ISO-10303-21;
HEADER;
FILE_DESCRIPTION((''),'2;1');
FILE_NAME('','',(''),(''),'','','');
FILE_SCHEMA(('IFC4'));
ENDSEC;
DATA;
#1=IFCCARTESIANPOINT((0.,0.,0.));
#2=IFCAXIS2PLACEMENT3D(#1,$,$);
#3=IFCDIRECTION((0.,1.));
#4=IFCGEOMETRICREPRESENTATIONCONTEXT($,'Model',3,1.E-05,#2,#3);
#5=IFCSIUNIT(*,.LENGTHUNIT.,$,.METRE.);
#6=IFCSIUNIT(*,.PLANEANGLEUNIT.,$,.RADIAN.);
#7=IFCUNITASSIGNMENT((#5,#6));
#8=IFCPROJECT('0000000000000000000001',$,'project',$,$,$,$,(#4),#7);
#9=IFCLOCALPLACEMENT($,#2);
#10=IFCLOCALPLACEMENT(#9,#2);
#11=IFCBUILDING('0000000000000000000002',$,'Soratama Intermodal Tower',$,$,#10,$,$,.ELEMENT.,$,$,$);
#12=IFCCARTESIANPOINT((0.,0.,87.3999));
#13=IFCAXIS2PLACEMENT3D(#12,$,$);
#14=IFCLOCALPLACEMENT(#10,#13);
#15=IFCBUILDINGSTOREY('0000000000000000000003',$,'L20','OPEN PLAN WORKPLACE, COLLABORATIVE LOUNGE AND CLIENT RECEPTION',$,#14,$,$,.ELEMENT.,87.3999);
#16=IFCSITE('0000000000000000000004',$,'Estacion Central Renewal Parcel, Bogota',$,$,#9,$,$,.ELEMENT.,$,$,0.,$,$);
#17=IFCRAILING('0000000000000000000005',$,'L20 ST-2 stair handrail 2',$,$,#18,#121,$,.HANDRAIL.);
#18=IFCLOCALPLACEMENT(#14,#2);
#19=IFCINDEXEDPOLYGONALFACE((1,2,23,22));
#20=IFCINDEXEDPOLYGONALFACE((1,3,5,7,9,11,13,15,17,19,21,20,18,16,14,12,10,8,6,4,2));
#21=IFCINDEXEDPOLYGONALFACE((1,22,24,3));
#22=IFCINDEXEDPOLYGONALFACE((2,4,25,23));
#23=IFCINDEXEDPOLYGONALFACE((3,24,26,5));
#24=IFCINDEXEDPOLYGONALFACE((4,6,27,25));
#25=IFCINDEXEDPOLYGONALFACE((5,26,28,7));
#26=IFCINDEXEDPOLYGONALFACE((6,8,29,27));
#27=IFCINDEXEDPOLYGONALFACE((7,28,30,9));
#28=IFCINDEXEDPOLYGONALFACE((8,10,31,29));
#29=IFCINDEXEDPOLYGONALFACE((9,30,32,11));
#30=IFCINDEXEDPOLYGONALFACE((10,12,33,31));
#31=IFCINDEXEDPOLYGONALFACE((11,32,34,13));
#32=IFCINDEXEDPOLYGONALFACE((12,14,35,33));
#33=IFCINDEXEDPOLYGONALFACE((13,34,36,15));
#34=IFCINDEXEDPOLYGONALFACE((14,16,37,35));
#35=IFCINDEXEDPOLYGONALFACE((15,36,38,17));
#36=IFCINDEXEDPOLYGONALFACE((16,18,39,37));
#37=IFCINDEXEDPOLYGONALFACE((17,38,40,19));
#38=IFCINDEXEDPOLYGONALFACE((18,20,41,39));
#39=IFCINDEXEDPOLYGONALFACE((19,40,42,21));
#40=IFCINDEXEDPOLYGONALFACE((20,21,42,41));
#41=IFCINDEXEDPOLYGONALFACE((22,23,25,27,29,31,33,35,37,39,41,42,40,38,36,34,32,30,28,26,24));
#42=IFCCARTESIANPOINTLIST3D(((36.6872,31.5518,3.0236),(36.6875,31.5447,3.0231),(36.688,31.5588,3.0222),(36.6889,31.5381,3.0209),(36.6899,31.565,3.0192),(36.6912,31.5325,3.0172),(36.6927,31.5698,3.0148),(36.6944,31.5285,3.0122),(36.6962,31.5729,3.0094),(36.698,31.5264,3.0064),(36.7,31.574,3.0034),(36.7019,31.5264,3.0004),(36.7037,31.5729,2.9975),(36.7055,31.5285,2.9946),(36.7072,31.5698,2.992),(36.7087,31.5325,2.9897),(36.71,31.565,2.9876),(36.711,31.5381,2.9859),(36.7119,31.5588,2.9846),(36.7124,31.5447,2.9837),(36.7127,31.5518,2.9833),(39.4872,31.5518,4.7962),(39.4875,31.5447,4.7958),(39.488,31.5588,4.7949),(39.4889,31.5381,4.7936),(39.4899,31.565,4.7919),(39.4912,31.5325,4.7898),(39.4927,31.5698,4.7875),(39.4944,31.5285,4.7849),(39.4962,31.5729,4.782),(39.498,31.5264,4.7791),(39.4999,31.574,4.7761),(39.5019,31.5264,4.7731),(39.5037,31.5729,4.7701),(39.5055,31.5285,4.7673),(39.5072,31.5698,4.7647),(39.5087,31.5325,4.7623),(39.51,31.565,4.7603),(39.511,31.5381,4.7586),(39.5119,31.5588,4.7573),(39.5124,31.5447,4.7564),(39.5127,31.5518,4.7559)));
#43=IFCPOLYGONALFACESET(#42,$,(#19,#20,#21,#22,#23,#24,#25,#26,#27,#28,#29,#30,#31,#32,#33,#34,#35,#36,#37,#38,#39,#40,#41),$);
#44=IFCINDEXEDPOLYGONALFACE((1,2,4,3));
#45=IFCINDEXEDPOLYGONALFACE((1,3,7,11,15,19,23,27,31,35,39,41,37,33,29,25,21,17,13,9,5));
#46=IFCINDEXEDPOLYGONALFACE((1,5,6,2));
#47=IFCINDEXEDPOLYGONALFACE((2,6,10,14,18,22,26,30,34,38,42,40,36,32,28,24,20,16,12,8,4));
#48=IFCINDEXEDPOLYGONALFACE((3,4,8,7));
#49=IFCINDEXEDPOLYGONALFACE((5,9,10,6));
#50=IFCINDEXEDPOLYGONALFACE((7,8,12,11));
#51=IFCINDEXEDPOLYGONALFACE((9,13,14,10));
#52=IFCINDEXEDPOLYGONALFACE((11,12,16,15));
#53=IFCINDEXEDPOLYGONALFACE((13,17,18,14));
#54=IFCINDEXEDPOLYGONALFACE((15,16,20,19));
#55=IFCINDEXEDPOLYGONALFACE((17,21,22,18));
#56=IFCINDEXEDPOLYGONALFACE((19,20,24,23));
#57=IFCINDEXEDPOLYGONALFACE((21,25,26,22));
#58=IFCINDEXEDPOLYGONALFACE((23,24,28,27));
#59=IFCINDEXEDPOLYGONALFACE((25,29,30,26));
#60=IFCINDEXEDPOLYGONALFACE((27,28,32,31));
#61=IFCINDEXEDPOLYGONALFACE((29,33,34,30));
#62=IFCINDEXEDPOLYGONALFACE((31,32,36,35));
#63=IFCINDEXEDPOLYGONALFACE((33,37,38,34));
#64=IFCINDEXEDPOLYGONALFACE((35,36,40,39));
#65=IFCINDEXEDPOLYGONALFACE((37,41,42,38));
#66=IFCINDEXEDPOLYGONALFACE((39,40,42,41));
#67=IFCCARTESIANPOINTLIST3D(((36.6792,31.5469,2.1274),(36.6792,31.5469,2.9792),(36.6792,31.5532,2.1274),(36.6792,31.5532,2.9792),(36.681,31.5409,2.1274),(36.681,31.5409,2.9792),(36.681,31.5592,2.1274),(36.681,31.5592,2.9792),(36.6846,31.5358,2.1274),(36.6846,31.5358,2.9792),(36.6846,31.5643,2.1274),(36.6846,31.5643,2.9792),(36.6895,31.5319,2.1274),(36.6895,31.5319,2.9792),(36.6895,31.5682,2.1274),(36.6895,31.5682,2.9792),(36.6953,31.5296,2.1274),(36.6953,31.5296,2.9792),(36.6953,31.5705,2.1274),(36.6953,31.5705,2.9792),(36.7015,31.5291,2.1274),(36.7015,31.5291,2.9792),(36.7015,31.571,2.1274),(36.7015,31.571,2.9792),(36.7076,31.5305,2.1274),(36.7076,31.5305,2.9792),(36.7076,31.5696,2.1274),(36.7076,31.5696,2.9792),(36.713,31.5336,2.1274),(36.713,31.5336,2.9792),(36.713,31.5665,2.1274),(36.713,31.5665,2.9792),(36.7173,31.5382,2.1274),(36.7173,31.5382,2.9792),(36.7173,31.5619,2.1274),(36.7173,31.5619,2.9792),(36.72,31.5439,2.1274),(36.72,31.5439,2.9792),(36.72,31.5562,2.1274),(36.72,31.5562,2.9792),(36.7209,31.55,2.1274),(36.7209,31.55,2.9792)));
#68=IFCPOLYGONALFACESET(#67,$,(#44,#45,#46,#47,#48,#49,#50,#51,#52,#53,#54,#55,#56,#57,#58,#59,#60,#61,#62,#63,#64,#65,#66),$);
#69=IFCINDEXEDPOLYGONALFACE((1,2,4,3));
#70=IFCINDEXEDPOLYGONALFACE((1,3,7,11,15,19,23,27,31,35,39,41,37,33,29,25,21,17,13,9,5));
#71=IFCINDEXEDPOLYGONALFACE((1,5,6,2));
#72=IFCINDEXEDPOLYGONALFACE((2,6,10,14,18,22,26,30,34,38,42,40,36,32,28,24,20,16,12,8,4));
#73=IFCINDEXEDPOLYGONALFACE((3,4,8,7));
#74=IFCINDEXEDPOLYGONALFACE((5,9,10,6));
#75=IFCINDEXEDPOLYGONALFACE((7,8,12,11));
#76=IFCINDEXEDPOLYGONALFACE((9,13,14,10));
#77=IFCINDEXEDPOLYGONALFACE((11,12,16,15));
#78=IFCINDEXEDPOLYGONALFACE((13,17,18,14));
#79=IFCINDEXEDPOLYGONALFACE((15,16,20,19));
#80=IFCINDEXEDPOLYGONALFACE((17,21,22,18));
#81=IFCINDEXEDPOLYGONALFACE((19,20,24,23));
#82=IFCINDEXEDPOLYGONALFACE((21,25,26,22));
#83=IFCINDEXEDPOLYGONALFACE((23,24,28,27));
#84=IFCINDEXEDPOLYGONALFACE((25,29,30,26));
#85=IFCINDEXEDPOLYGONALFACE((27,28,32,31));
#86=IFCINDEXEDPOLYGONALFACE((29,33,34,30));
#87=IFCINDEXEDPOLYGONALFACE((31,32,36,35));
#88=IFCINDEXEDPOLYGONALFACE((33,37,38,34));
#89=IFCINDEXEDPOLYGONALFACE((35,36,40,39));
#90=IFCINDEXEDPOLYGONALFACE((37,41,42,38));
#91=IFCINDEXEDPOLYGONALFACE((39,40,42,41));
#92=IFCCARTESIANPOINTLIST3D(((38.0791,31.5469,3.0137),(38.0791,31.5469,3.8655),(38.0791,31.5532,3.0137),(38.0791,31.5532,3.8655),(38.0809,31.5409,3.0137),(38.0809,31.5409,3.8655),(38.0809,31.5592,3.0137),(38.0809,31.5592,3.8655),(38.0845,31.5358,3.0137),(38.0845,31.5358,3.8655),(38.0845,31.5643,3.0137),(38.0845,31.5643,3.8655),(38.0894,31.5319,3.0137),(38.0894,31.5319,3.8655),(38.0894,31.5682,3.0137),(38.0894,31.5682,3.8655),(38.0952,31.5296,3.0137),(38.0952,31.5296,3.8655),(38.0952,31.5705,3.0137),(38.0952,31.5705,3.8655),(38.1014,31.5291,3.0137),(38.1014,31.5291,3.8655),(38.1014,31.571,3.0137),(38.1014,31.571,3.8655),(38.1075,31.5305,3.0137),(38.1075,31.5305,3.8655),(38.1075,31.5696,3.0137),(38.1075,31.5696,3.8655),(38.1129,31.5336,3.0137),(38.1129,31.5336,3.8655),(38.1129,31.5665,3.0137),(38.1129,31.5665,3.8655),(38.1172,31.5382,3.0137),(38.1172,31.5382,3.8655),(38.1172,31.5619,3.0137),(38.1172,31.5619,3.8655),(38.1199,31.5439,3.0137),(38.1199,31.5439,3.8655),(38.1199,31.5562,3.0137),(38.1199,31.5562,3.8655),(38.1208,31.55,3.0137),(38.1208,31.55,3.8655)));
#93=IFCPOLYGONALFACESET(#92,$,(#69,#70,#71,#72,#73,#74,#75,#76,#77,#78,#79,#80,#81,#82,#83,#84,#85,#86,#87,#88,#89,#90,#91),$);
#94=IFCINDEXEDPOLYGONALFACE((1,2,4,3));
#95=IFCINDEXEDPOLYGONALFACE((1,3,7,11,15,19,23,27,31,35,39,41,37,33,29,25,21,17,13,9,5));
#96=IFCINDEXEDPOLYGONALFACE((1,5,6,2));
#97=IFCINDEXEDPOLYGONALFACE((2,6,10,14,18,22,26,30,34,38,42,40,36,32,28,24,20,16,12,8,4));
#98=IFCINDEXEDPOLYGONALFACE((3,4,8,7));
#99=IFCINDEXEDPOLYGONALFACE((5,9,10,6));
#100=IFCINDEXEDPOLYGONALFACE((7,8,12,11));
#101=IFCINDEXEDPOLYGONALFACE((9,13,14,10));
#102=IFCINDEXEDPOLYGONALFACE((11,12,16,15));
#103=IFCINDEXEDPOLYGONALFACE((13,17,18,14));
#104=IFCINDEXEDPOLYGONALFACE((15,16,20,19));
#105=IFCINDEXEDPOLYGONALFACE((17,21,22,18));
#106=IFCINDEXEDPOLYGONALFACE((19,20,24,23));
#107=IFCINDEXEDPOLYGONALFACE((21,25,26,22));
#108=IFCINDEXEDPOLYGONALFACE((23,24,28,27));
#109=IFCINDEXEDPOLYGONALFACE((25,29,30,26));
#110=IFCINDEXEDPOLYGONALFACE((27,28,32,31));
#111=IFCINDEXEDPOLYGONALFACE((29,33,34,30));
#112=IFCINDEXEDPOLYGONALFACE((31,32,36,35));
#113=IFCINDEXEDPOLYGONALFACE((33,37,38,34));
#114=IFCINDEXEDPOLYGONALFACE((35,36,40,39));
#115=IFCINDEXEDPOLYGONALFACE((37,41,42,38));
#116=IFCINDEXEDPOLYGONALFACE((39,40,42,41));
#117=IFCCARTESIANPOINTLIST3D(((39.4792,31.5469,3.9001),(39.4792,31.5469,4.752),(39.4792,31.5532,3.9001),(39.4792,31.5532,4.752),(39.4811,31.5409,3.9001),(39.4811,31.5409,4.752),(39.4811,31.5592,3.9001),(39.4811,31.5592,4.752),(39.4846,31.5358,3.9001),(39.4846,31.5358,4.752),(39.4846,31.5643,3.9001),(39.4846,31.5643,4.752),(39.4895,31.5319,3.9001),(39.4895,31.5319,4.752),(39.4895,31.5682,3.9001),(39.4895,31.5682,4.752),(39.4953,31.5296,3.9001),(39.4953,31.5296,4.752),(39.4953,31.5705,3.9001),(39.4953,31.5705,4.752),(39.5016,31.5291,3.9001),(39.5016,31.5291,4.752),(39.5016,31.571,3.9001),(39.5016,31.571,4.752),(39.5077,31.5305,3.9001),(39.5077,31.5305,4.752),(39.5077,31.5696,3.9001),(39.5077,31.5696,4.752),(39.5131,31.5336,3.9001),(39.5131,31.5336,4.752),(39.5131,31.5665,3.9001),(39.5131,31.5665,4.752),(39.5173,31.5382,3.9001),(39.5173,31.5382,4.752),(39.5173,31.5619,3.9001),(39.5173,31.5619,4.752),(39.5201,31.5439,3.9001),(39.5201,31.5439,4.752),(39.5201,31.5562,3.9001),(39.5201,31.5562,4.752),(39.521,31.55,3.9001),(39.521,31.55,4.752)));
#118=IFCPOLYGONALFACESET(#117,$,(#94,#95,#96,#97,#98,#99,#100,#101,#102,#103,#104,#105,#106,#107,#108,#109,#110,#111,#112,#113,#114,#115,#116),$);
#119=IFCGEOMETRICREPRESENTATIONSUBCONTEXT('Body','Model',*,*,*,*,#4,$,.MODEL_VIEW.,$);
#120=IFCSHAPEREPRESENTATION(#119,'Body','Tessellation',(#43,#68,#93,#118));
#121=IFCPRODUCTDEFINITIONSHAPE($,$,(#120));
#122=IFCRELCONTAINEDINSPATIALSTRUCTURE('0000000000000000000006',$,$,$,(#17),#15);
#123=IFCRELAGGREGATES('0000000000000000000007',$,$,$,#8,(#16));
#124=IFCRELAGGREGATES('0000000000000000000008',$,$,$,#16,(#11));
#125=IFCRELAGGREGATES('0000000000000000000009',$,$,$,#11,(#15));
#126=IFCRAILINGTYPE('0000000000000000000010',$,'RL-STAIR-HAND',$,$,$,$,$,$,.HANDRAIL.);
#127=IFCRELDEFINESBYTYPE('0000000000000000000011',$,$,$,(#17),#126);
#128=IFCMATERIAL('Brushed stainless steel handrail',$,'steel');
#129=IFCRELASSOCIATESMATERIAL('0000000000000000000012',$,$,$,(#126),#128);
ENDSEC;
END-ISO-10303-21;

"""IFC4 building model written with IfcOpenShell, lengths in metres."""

from ifc_helpers import new_model, si_unit, direction, frame, origin, origin_2d, place, context, subcontext, project, spatial, circle, extrude, material, type_object, element, save


model = new_model("IFC4")

# Units and contexts
model_context = context("Model", 3, precision=1e-05, world=origin(), true_north=direction((0.0, 1.0)))
body_context = subcontext(model_context, "Body", "Model", "MODEL_VIEW")
ifc_project = project(units=[si_unit("LENGTHUNIT", "METRE"), si_unit("PLANEANGLEUNIT", "RADIAN")], contexts=[model_context])

# Site, building, storey
site_placement = place(None, origin())
site = spatial("IfcSite", under=ifc_project, at=site_placement, Name="Estacion Central Renewal Parcel, Bogota", CompositionType="ELEMENT", RefElevation=0.0)
building_placement = place(site_placement, origin())
building = spatial("IfcBuilding", under=site, at=building_placement, Name="Soratama Intermodal Tower", CompositionType="ELEMENT")
storey_placement = place(building_placement, frame((0.0, 0.0, 87.3999)))
storey = spatial("IfcBuildingStorey", under=building, at=storey_placement, Name="L20", Description="OPEN PLAN WORKPLACE, COLLABORATIVE LOUNGE AND CLIENT RECEPTION", CompositionType="ELEMENT", Elevation=87.3999)

# Railing
ifc_material_1 = material(Name="Brushed stainless steel handrail", Category="steel")
railing_type_1 = type_object("IfcRailingType", Name="RL-STAIR-HAND", PredefinedType="HANDRAIL", material=ifc_material_1)
railing_1_placement = place(storey_placement, frame((36.7, 31.55, 2.1274)))
element("IfcRailing", 1, at=railing_1_placement, inside=storey, type_object=railing_type_1, Name="L20 ST-2 stair handrail 2", PredefinedType="HANDRAIL", context=body_context, shape_type="SweptSolid", body=[
    extrude(circle(Radius=0.0239, at=origin_2d()), frame((0.0, 0.0, 0.876), z_axis=(0.844909, 0.0, 0.53491), x_axis=(0.0, 1.0, 0.0)), (0.0, 0.0, 1.0), 3.314),
    extrude(circle(Radius=0.021, at=origin_2d()), origin(), (0.0, 0.0, 1.0), 0.8518),
    extrude(circle(Radius=0.021, at=origin_2d()), frame((1.3999, 0.0, 0.8862)), (0.0, 0.0, 1.0), 0.8518),
    extrude(circle(Radius=0.021, at=origin_2d()), frame((2.8, 0.0, 1.7727)), (0.0, 0.0, 1.0), 0.8518),
])

save(model, "model.ifc")
